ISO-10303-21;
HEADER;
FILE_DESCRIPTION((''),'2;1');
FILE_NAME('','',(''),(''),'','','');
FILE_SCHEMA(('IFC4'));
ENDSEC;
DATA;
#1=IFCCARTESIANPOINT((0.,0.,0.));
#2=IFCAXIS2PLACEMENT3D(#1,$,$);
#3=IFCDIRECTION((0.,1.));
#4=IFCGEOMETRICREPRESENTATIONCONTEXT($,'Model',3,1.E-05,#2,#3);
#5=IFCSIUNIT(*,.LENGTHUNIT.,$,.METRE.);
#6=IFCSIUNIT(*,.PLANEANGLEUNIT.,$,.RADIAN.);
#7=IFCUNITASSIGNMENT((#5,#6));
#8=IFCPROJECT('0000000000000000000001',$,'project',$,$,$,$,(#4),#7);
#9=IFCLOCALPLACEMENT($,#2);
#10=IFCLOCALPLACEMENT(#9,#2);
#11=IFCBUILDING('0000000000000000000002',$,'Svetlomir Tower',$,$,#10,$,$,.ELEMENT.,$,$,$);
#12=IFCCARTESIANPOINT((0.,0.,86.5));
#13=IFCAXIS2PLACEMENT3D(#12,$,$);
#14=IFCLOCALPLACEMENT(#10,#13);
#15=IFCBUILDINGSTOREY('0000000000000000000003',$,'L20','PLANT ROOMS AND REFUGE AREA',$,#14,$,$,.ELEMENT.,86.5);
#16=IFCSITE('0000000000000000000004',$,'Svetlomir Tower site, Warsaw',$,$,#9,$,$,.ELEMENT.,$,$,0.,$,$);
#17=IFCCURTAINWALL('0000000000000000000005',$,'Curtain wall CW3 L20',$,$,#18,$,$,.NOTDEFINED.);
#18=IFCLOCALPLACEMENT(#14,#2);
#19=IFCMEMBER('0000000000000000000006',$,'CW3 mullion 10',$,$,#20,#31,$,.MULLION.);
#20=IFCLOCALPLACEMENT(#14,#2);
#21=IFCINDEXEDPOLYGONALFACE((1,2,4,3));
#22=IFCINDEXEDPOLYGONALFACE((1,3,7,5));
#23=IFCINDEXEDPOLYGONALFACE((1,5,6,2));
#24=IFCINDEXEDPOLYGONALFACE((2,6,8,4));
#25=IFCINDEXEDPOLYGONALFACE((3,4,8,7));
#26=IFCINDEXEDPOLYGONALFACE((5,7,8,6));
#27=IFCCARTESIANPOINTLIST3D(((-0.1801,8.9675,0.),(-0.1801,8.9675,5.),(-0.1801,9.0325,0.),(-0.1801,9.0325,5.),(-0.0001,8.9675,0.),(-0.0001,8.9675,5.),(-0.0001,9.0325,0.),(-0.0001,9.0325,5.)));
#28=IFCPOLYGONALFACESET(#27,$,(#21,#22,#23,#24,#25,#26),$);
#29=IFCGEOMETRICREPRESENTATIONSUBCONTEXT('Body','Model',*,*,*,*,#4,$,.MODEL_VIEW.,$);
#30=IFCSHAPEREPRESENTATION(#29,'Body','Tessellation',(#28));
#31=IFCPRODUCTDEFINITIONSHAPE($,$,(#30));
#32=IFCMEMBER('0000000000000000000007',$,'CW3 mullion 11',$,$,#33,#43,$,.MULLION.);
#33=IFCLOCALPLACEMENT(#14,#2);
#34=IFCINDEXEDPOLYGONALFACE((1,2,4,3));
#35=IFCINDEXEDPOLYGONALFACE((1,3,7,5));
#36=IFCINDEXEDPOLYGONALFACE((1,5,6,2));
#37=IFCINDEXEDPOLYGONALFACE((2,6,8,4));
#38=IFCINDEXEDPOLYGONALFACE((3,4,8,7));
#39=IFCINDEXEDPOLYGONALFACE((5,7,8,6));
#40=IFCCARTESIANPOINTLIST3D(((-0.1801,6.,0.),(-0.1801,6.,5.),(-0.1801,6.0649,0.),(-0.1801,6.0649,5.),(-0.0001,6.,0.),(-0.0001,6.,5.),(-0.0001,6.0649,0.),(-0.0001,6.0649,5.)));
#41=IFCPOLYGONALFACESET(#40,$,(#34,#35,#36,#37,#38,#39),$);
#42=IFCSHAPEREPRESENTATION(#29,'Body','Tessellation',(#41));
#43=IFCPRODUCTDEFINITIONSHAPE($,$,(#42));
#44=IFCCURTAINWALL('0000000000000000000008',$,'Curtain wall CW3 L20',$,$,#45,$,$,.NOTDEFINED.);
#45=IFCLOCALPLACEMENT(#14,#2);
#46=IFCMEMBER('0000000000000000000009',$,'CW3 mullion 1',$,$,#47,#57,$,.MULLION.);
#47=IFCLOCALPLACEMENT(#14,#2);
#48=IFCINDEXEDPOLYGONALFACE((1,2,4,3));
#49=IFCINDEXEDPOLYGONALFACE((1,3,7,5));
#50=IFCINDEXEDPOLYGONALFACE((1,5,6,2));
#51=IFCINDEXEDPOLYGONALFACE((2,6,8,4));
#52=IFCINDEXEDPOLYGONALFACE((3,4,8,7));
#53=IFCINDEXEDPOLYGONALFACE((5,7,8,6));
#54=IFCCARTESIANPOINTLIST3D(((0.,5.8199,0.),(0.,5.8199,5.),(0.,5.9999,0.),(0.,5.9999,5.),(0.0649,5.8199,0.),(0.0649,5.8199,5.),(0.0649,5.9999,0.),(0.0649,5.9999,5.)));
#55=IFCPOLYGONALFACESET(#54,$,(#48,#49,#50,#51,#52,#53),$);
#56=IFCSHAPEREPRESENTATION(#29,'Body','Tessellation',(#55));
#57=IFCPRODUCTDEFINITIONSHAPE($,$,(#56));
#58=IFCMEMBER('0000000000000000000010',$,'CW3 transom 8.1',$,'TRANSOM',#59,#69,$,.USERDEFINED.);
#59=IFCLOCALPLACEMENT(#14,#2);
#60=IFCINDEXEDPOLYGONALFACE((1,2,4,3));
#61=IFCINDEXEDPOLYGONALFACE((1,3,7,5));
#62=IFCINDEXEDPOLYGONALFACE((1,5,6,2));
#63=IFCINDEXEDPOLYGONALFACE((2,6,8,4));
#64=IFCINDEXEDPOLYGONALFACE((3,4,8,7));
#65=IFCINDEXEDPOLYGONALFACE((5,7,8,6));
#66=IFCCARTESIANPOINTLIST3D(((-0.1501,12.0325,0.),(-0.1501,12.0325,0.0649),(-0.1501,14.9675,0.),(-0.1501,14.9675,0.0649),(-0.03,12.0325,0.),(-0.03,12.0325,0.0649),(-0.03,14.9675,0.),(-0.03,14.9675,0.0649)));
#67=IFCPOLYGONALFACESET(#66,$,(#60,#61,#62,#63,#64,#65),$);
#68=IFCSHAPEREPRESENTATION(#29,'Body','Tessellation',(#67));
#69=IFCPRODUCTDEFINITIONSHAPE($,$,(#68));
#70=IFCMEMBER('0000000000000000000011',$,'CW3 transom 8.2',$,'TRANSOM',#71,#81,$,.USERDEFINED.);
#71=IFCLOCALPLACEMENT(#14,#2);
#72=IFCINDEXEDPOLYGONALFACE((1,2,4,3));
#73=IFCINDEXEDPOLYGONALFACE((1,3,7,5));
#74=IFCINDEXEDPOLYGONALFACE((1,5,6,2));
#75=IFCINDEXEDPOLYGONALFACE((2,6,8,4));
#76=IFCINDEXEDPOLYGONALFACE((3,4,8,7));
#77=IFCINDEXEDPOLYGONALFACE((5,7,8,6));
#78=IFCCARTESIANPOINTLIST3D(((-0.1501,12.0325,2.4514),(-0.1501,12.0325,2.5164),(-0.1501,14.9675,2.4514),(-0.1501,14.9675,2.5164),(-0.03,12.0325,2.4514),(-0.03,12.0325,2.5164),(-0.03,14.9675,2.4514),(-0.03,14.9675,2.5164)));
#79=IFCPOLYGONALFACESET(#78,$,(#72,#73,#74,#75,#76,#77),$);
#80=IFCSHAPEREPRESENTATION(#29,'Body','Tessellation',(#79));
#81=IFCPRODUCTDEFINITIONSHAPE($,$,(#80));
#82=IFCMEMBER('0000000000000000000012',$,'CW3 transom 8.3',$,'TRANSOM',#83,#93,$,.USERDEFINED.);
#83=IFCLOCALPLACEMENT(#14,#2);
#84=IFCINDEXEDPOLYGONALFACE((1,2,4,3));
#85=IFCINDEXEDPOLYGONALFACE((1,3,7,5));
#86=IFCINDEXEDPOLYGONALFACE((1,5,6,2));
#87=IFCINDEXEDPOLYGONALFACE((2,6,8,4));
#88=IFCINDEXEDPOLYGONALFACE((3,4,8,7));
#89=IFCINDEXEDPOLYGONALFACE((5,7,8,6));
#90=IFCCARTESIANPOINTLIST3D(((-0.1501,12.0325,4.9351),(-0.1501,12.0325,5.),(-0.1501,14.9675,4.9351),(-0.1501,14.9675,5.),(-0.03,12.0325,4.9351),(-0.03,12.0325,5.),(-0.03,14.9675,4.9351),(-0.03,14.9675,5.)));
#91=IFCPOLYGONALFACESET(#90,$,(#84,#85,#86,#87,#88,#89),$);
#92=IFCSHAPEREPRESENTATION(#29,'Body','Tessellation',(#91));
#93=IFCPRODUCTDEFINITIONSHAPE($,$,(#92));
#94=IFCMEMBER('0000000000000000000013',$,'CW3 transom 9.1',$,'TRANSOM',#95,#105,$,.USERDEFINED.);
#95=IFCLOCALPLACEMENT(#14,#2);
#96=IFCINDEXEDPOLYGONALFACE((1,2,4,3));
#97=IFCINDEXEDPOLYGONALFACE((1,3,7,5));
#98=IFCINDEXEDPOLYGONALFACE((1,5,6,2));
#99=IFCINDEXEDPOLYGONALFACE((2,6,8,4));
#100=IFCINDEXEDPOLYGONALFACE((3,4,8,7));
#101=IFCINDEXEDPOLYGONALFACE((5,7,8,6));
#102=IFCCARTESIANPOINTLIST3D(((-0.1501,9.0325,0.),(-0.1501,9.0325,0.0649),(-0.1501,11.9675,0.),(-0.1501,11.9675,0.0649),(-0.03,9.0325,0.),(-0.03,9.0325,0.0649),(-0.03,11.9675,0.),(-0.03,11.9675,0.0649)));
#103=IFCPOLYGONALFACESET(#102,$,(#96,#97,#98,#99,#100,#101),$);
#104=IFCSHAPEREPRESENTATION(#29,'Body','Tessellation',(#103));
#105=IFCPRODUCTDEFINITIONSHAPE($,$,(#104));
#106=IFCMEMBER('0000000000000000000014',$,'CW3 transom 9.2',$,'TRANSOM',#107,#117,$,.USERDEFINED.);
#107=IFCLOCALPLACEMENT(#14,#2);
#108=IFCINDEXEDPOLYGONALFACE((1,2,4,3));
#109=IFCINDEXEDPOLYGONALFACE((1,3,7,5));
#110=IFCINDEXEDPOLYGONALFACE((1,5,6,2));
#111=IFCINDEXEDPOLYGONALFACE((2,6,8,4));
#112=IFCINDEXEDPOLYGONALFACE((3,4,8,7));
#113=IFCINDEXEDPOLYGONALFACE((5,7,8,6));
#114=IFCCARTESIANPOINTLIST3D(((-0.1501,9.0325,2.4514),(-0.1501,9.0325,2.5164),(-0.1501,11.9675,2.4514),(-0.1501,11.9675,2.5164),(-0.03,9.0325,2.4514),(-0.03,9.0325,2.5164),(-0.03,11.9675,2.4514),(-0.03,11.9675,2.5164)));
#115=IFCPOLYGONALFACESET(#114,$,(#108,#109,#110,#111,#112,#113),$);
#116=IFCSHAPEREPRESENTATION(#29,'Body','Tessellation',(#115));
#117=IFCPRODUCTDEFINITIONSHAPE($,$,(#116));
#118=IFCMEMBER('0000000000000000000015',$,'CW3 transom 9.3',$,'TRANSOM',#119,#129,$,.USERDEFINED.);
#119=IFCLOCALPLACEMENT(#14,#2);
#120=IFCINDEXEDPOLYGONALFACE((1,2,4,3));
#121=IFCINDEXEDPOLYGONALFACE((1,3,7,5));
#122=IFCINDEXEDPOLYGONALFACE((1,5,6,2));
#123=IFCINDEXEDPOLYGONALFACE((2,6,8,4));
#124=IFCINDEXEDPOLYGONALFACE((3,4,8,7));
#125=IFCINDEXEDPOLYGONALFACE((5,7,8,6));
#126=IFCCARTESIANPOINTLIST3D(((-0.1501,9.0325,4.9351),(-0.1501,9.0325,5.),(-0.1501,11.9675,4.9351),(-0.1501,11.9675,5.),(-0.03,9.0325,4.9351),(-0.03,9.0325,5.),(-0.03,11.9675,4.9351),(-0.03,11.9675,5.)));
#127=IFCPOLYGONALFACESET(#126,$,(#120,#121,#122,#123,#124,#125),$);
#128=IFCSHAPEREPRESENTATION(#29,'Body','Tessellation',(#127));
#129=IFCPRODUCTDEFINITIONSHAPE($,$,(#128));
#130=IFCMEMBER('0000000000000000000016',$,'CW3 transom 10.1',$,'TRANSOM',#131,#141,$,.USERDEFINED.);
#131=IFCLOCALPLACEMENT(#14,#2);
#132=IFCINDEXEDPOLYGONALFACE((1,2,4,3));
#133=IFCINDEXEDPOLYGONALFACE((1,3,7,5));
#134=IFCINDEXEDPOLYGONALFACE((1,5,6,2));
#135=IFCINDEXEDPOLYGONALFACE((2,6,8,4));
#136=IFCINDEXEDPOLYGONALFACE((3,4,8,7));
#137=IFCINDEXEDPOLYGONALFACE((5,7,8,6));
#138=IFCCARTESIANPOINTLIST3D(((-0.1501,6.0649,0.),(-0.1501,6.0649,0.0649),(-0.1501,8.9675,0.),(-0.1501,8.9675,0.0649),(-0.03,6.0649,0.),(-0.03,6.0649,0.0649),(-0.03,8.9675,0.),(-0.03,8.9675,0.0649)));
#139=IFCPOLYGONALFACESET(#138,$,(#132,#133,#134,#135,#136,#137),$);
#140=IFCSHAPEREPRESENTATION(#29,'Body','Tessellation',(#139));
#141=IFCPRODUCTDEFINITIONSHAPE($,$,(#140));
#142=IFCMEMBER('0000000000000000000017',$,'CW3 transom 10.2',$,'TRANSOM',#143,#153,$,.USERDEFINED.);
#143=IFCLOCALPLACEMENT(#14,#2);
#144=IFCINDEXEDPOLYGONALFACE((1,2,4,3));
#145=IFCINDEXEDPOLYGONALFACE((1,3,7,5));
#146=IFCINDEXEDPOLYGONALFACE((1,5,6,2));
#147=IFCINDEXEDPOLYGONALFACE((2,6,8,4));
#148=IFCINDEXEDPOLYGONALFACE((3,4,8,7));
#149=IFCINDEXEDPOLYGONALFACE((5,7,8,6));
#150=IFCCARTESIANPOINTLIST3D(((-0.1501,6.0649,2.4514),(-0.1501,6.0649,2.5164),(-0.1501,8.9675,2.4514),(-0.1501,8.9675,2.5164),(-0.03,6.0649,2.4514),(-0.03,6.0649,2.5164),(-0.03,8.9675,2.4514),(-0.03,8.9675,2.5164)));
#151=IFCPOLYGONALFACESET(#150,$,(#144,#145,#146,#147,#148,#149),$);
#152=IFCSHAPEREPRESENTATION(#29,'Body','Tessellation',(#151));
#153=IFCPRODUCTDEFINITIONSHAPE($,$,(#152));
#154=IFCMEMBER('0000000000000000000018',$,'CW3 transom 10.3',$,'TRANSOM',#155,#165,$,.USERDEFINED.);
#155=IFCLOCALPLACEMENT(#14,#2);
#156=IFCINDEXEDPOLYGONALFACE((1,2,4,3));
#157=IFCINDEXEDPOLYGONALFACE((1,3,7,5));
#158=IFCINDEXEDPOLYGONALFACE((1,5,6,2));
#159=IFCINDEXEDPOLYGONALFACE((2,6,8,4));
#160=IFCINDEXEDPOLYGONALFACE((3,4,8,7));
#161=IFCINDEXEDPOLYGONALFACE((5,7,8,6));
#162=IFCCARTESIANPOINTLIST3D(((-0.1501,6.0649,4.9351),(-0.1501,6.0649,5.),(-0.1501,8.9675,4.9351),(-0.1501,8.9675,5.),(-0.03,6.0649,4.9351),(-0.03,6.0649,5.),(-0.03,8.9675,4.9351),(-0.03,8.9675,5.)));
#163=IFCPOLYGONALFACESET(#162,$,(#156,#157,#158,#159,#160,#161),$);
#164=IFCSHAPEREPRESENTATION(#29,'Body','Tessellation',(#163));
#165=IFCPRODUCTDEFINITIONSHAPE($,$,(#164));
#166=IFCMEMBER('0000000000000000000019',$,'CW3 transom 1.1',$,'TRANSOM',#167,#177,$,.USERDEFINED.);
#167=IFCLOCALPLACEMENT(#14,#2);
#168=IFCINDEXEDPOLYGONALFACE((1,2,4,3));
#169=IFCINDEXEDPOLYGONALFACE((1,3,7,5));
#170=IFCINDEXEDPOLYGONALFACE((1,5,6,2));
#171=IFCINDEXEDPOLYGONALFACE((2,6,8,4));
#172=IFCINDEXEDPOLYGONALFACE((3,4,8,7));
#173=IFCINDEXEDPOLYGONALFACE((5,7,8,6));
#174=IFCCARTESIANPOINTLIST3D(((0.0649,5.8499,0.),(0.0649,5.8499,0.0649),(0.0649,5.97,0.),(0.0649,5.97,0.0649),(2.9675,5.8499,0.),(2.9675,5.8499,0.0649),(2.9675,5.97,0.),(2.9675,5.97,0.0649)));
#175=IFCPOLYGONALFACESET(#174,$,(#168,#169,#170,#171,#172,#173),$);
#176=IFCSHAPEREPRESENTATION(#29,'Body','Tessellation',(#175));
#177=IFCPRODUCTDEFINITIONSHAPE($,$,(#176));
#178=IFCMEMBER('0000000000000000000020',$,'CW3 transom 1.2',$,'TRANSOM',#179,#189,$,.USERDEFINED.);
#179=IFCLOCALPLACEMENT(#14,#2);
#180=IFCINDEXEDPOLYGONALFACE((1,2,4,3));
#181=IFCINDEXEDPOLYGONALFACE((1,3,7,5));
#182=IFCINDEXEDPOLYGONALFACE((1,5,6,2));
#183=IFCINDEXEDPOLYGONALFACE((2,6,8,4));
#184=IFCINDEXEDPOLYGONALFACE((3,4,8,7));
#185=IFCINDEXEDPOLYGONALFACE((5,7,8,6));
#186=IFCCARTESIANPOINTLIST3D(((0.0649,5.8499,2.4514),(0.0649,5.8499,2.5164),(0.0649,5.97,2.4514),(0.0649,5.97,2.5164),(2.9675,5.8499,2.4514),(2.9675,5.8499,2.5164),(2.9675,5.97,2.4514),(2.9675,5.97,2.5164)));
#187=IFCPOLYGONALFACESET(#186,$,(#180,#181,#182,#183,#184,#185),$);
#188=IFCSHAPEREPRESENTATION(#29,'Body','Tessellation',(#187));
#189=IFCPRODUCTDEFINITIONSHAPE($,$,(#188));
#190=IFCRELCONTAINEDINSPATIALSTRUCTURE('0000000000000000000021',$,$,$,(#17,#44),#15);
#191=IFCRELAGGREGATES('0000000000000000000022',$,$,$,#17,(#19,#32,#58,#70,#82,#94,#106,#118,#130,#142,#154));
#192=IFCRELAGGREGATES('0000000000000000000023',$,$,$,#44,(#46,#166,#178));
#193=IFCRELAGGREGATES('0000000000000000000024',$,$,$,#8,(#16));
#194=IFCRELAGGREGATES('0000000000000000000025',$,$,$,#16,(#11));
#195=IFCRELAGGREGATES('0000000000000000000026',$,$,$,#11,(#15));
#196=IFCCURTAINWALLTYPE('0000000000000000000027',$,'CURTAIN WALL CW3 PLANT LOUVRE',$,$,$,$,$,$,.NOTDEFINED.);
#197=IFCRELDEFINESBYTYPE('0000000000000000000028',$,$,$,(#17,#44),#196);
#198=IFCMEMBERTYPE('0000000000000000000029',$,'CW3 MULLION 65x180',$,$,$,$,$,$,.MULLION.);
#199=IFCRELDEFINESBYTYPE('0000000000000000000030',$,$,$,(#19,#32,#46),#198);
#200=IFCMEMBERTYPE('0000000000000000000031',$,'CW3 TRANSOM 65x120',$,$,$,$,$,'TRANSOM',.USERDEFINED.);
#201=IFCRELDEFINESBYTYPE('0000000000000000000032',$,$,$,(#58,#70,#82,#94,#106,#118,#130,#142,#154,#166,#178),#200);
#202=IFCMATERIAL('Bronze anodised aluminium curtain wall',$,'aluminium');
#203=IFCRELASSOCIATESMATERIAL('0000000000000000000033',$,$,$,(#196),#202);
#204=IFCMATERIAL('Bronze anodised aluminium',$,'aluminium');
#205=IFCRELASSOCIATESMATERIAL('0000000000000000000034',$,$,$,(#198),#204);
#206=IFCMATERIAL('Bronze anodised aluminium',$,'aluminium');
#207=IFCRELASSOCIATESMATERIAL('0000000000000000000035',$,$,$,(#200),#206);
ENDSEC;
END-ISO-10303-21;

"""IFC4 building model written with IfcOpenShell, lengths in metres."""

from ifc_helpers import new_model, si_unit, direction, frame, origin, origin_2d, place, context, subcontext, project, spatial, rectangle, extrude, material, material_profile, profile_set, type_object, element, aggregate, save


model = new_model("IFC4")

# Units and contexts
model_context = context("Model", 3, precision=1e-05, world=origin(), true_north=direction((0.0, 1.0)))
body_context = subcontext(model_context, "Body", "Model", "MODEL_VIEW")
ifc_project = project(units=[si_unit("LENGTHUNIT", "METRE"), si_unit("PLANEANGLEUNIT", "RADIAN")], contexts=[model_context])

# Site, building, storey
site_placement = place(None, origin())
site = spatial("IfcSite", under=ifc_project, at=site_placement, Name="Svetlomir Tower site, Warsaw", CompositionType="ELEMENT", RefElevation=0.0)
building_placement = place(site_placement, origin())
building = spatial("IfcBuilding", under=site, at=building_placement, Name="Svetlomir Tower", CompositionType="ELEMENT")
storey_placement = place(building_placement, frame((0.0, 0.0, 86.5)))
storey = spatial("IfcBuildingStorey", under=building, at=storey_placement, Name="L20", Description="PLANT ROOMS AND REFUGE AREA", CompositionType="ELEMENT", Elevation=86.5)

# Curtain wall, members
ifc_material_1 = material(Name="Bronze anodised aluminium curtain wall", Category="aluminium")
curtain_wall_type = type_object("IfcCurtainWallType", Name="CURTAIN WALL CW3 PLANT LOUVRE", PredefinedType="NOTDEFINED", material=ifc_material_1)
curtain_wall_1_placement = place(storey_placement, origin())
curtain_wall_1 = element("IfcCurtainWall", 1, at=curtain_wall_1_placement, inside=storey, type_object=curtain_wall_type, Name="Curtain wall CW3 L20", PredefinedType="NOTDEFINED")
ifc_material_2 = material(Name="Bronze anodised aluminium", Category="aluminium")
ifc_material_profile_1 = material_profile(ifc_material_2, rectangle(XDim=0.0649, YDim=0.1799, at=origin_2d()), Name="AL 65x180")
ifc_profile_set_1 = profile_set([ifc_material_profile_1], Name="Bronze anodised aluminium 6063-T6")
member_type_1 = type_object("IfcMemberType", Name="CW3 MULLION 65x180", PredefinedType="MULLION", material=ifc_profile_set_1)
member_1_placement = place(storey_placement, frame((-0.0901, 9.0, 0.0), z_axis=(0.0, 0.0, 1.0), x_axis=(0.0, -1.0, 0.0)))
member_1 = element("IfcMember", 2, at=member_1_placement, type_object=member_type_1, Name="CW3 mullion 10", PredefinedType="MULLION", context=body_context, shape_type="SweptSolid", body=[
    extrude(rectangle(XDim=0.0649, YDim=0.1799, at=origin_2d()), origin(), (0.0, 0.0, 1.0), 5.0),
])
member_2_placement = place(storey_placement, frame((-0.0901, 6.0325, 0.0), z_axis=(0.0, 0.0, 1.0), x_axis=(0.0, -1.0, 0.0)))
member_2 = element("IfcMember", 3, at=member_2_placement, type_object=member_type_1, Name="CW3 mullion 11", PredefinedType="MULLION", context=body_context, shape_type="SweptSolid", body=[
    extrude(rectangle(XDim=0.0649, YDim=0.1799, at=origin_2d()), origin(), (0.0, 0.0, 1.0), 5.0),
])

# Curtain wall, member
curtain_wall_2_placement = place(storey_placement, origin())
curtain_wall_2 = element("IfcCurtainWall", 4, at=curtain_wall_2_placement, inside=storey, type_object=curtain_wall_type, Name="Curtain wall CW3 L20", PredefinedType="NOTDEFINED")
member_3_placement = place(storey_placement, frame((0.0325, 5.9099, 0.0), z_axis=(0.0, 0.0, 1.0), x_axis=(1.0, 0.0, 0.0)))
member_3 = element("IfcMember", 5, at=member_3_placement, type_object=member_type_1, Name="CW3 mullion 1", PredefinedType="MULLION", context=body_context, shape_type="SweptSolid", body=[
    extrude(rectangle(XDim=0.0649, YDim=0.1799, at=origin_2d()), origin(), (0.0, 0.0, 1.0), 5.0),
])

# Members
ifc_material_3 = material(Name="Bronze anodised aluminium", Category="aluminium")
ifc_material_profile_2 = material_profile(ifc_material_3, rectangle(XDim=0.1201, YDim=0.0649, at=origin_2d()), Name="AL 120x65")
ifc_profile_set_2 = profile_set([ifc_material_profile_2], Name="Bronze anodised aluminium 6063-T6")
member_type_2 = type_object("IfcMemberType", Name="CW3 TRANSOM 65x120", ElementType="TRANSOM", PredefinedType="USERDEFINED", material=ifc_profile_set_2)
member_4_placement = place(storey_placement, frame((-0.0901, 14.9675, 0.0325), z_axis=(0.0, -1.0, 0.0), x_axis=(1.0, 0.0, 0.0)))
member_4 = element("IfcMember", 6, at=member_4_placement, type_object=member_type_2, Name="CW3 transom 8.1", ObjectType="TRANSOM", PredefinedType="USERDEFINED", context=body_context, shape_type="SweptSolid", body=[
    extrude(rectangle(XDim=0.1201, YDim=0.0649, at=origin_2d()), origin(), (0.0, 0.0, 1.0), 2.9351),
])
member_5_placement = place(storey_placement, frame((-0.0901, 14.9675, 2.4839), z_axis=(0.0, -1.0, 0.0), x_axis=(1.0, 0.0, 0.0)))
member_5 = element("IfcMember", 7, at=member_5_placement, type_object=member_type_2, Name="CW3 transom 8.2", ObjectType="TRANSOM", PredefinedType="USERDEFINED", context=body_context, shape_type="SweptSolid", body=[
    extrude(rectangle(XDim=0.1201, YDim=0.0649, at=origin_2d()), origin(), (0.0, 0.0, 1.0), 2.9351),
])
member_6_placement = place(storey_placement, frame((-0.0901, 14.9675, 4.9675), z_axis=(0.0, -1.0, 0.0), x_axis=(1.0, 0.0, 0.0)))
member_6 = element("IfcMember", 8, at=member_6_placement, type_object=member_type_2, Name="CW3 transom 8.3", ObjectType="TRANSOM", PredefinedType="USERDEFINED", context=body_context, shape_type="SweptSolid", body=[
    extrude(rectangle(XDim=0.1201, YDim=0.0649, at=origin_2d()), origin(), (0.0, 0.0, 1.0), 2.9351),
])
member_7_placement = place(storey_placement, frame((-0.0901, 11.9675, 0.0325), z_axis=(0.0, -1.0, 0.0), x_axis=(1.0, 0.0, 0.0)))
member_7 = element("IfcMember", 9, at=member_7_placement, type_object=member_type_2, Name="CW3 transom 9.1", ObjectType="TRANSOM", PredefinedType="USERDEFINED", context=body_context, shape_type="SweptSolid", body=[
    extrude(rectangle(XDim=0.1201, YDim=0.0649, at=origin_2d()), origin(), (0.0, 0.0, 1.0), 2.9351),
])
member_8_placement = place(storey_placement, frame((-0.0901, 11.9675, 2.4839), z_axis=(0.0, -1.0, 0.0), x_axis=(1.0, 0.0, 0.0)))
member_8 = element("IfcMember", 10, at=member_8_placement, type_object=member_type_2, Name="CW3 transom 9.2", ObjectType="TRANSOM", PredefinedType="USERDEFINED", context=body_context, shape_type="SweptSolid", body=[
    extrude(rectangle(XDim=0.1201, YDim=0.0649, at=origin_2d()), origin(), (0.0, 0.0, 1.0), 2.9351),
])
member_9_placement = place(storey_placement, frame((-0.0901, 11.9675, 4.9675), z_axis=(0.0, -1.0, 0.0), x_axis=(1.0, 0.0, 0.0)))
member_9 = element("IfcMember", 11, at=member_9_placement, type_object=member_type_2, Name="CW3 transom 9.3", ObjectType="TRANSOM", PredefinedType="USERDEFINED", context=body_context, shape_type="SweptSolid", body=[
    extrude(rectangle(XDim=0.1201, YDim=0.0649, at=origin_2d()), origin(), (0.0, 0.0, 1.0), 2.9351),
])
member_10_placement = place(storey_placement, frame((-0.0901, 8.9675, 0.0325), z_axis=(0.0, -1.0, 0.0), x_axis=(1.0, 0.0, 0.0)))
member_10 = element("IfcMember", 12, at=member_10_placement, type_object=member_type_2, Name="CW3 transom 10.1", ObjectType="TRANSOM", PredefinedType="USERDEFINED", context=body_context, shape_type="SweptSolid", body=[
    extrude(rectangle(XDim=0.1201, YDim=0.0649, at=origin_2d()), origin(), (0.0, 0.0, 1.0), 2.9026),
])
member_11_placement = place(storey_placement, frame((-0.0901, 8.9675, 2.4839), z_axis=(0.0, -1.0, 0.0), x_axis=(1.0, 0.0, 0.0)))
member_11 = element("IfcMember", 13, at=member_11_placement, type_object=member_type_2, Name="CW3 transom 10.2", ObjectType="TRANSOM", PredefinedType="USERDEFINED", context=body_context, shape_type="SweptSolid", body=[
    extrude(rectangle(XDim=0.1201, YDim=0.0649, at=origin_2d()), origin(), (0.0, 0.0, 1.0), 2.9026),
])
member_12_placement = place(storey_placement, frame((-0.0901, 8.9675, 4.9675), z_axis=(0.0, -1.0, 0.0), x_axis=(1.0, 0.0, 0.0)))
member_12 = element("IfcMember", 14, at=member_12_placement, type_object=member_type_2, Name="CW3 transom 10.3", ObjectType="TRANSOM", PredefinedType="USERDEFINED", context=body_context, shape_type="SweptSolid", body=[
    extrude(rectangle(XDim=0.1201, YDim=0.0649, at=origin_2d()), origin(), (0.0, 0.0, 1.0), 2.9026),
])
member_13_placement = place(storey_placement, frame((0.0649, 5.9099, 0.0325), z_axis=(1.0, 0.0, 0.0), x_axis=(0.0, 1.0, 0.0)))
member_13 = element("IfcMember", 15, at=member_13_placement, type_object=member_type_2, Name="CW3 transom 1.1", ObjectType="TRANSOM", PredefinedType="USERDEFINED", context=body_context, shape_type="SweptSolid", body=[
    extrude(rectangle(XDim=0.1201, YDim=0.0649, at=origin_2d()), origin(), (0.0, 0.0, 1.0), 2.9026),
])
member_14_placement = place(storey_placement, frame((0.0649, 5.9099, 2.4839), z_axis=(1.0, 0.0, 0.0), x_axis=(0.0, 1.0, 0.0)))
member_14 = element("IfcMember", 16, at=member_14_placement, type_object=member_type_2, Name="CW3 transom 1.2", ObjectType="TRANSOM", PredefinedType="USERDEFINED", context=body_context, shape_type="SweptSolid", body=[
    extrude(rectangle(XDim=0.1201, YDim=0.0649, at=origin_2d()), origin(), (0.0, 0.0, 1.0), 2.9026),
])

aggregate(curtain_wall_1, [member_1, member_2, member_4, member_5, member_6, member_7, member_8, member_9, member_10, member_11, member_12])
aggregate(curtain_wall_2, [member_3, member_13, member_14])

save(model, "model.ifc")
